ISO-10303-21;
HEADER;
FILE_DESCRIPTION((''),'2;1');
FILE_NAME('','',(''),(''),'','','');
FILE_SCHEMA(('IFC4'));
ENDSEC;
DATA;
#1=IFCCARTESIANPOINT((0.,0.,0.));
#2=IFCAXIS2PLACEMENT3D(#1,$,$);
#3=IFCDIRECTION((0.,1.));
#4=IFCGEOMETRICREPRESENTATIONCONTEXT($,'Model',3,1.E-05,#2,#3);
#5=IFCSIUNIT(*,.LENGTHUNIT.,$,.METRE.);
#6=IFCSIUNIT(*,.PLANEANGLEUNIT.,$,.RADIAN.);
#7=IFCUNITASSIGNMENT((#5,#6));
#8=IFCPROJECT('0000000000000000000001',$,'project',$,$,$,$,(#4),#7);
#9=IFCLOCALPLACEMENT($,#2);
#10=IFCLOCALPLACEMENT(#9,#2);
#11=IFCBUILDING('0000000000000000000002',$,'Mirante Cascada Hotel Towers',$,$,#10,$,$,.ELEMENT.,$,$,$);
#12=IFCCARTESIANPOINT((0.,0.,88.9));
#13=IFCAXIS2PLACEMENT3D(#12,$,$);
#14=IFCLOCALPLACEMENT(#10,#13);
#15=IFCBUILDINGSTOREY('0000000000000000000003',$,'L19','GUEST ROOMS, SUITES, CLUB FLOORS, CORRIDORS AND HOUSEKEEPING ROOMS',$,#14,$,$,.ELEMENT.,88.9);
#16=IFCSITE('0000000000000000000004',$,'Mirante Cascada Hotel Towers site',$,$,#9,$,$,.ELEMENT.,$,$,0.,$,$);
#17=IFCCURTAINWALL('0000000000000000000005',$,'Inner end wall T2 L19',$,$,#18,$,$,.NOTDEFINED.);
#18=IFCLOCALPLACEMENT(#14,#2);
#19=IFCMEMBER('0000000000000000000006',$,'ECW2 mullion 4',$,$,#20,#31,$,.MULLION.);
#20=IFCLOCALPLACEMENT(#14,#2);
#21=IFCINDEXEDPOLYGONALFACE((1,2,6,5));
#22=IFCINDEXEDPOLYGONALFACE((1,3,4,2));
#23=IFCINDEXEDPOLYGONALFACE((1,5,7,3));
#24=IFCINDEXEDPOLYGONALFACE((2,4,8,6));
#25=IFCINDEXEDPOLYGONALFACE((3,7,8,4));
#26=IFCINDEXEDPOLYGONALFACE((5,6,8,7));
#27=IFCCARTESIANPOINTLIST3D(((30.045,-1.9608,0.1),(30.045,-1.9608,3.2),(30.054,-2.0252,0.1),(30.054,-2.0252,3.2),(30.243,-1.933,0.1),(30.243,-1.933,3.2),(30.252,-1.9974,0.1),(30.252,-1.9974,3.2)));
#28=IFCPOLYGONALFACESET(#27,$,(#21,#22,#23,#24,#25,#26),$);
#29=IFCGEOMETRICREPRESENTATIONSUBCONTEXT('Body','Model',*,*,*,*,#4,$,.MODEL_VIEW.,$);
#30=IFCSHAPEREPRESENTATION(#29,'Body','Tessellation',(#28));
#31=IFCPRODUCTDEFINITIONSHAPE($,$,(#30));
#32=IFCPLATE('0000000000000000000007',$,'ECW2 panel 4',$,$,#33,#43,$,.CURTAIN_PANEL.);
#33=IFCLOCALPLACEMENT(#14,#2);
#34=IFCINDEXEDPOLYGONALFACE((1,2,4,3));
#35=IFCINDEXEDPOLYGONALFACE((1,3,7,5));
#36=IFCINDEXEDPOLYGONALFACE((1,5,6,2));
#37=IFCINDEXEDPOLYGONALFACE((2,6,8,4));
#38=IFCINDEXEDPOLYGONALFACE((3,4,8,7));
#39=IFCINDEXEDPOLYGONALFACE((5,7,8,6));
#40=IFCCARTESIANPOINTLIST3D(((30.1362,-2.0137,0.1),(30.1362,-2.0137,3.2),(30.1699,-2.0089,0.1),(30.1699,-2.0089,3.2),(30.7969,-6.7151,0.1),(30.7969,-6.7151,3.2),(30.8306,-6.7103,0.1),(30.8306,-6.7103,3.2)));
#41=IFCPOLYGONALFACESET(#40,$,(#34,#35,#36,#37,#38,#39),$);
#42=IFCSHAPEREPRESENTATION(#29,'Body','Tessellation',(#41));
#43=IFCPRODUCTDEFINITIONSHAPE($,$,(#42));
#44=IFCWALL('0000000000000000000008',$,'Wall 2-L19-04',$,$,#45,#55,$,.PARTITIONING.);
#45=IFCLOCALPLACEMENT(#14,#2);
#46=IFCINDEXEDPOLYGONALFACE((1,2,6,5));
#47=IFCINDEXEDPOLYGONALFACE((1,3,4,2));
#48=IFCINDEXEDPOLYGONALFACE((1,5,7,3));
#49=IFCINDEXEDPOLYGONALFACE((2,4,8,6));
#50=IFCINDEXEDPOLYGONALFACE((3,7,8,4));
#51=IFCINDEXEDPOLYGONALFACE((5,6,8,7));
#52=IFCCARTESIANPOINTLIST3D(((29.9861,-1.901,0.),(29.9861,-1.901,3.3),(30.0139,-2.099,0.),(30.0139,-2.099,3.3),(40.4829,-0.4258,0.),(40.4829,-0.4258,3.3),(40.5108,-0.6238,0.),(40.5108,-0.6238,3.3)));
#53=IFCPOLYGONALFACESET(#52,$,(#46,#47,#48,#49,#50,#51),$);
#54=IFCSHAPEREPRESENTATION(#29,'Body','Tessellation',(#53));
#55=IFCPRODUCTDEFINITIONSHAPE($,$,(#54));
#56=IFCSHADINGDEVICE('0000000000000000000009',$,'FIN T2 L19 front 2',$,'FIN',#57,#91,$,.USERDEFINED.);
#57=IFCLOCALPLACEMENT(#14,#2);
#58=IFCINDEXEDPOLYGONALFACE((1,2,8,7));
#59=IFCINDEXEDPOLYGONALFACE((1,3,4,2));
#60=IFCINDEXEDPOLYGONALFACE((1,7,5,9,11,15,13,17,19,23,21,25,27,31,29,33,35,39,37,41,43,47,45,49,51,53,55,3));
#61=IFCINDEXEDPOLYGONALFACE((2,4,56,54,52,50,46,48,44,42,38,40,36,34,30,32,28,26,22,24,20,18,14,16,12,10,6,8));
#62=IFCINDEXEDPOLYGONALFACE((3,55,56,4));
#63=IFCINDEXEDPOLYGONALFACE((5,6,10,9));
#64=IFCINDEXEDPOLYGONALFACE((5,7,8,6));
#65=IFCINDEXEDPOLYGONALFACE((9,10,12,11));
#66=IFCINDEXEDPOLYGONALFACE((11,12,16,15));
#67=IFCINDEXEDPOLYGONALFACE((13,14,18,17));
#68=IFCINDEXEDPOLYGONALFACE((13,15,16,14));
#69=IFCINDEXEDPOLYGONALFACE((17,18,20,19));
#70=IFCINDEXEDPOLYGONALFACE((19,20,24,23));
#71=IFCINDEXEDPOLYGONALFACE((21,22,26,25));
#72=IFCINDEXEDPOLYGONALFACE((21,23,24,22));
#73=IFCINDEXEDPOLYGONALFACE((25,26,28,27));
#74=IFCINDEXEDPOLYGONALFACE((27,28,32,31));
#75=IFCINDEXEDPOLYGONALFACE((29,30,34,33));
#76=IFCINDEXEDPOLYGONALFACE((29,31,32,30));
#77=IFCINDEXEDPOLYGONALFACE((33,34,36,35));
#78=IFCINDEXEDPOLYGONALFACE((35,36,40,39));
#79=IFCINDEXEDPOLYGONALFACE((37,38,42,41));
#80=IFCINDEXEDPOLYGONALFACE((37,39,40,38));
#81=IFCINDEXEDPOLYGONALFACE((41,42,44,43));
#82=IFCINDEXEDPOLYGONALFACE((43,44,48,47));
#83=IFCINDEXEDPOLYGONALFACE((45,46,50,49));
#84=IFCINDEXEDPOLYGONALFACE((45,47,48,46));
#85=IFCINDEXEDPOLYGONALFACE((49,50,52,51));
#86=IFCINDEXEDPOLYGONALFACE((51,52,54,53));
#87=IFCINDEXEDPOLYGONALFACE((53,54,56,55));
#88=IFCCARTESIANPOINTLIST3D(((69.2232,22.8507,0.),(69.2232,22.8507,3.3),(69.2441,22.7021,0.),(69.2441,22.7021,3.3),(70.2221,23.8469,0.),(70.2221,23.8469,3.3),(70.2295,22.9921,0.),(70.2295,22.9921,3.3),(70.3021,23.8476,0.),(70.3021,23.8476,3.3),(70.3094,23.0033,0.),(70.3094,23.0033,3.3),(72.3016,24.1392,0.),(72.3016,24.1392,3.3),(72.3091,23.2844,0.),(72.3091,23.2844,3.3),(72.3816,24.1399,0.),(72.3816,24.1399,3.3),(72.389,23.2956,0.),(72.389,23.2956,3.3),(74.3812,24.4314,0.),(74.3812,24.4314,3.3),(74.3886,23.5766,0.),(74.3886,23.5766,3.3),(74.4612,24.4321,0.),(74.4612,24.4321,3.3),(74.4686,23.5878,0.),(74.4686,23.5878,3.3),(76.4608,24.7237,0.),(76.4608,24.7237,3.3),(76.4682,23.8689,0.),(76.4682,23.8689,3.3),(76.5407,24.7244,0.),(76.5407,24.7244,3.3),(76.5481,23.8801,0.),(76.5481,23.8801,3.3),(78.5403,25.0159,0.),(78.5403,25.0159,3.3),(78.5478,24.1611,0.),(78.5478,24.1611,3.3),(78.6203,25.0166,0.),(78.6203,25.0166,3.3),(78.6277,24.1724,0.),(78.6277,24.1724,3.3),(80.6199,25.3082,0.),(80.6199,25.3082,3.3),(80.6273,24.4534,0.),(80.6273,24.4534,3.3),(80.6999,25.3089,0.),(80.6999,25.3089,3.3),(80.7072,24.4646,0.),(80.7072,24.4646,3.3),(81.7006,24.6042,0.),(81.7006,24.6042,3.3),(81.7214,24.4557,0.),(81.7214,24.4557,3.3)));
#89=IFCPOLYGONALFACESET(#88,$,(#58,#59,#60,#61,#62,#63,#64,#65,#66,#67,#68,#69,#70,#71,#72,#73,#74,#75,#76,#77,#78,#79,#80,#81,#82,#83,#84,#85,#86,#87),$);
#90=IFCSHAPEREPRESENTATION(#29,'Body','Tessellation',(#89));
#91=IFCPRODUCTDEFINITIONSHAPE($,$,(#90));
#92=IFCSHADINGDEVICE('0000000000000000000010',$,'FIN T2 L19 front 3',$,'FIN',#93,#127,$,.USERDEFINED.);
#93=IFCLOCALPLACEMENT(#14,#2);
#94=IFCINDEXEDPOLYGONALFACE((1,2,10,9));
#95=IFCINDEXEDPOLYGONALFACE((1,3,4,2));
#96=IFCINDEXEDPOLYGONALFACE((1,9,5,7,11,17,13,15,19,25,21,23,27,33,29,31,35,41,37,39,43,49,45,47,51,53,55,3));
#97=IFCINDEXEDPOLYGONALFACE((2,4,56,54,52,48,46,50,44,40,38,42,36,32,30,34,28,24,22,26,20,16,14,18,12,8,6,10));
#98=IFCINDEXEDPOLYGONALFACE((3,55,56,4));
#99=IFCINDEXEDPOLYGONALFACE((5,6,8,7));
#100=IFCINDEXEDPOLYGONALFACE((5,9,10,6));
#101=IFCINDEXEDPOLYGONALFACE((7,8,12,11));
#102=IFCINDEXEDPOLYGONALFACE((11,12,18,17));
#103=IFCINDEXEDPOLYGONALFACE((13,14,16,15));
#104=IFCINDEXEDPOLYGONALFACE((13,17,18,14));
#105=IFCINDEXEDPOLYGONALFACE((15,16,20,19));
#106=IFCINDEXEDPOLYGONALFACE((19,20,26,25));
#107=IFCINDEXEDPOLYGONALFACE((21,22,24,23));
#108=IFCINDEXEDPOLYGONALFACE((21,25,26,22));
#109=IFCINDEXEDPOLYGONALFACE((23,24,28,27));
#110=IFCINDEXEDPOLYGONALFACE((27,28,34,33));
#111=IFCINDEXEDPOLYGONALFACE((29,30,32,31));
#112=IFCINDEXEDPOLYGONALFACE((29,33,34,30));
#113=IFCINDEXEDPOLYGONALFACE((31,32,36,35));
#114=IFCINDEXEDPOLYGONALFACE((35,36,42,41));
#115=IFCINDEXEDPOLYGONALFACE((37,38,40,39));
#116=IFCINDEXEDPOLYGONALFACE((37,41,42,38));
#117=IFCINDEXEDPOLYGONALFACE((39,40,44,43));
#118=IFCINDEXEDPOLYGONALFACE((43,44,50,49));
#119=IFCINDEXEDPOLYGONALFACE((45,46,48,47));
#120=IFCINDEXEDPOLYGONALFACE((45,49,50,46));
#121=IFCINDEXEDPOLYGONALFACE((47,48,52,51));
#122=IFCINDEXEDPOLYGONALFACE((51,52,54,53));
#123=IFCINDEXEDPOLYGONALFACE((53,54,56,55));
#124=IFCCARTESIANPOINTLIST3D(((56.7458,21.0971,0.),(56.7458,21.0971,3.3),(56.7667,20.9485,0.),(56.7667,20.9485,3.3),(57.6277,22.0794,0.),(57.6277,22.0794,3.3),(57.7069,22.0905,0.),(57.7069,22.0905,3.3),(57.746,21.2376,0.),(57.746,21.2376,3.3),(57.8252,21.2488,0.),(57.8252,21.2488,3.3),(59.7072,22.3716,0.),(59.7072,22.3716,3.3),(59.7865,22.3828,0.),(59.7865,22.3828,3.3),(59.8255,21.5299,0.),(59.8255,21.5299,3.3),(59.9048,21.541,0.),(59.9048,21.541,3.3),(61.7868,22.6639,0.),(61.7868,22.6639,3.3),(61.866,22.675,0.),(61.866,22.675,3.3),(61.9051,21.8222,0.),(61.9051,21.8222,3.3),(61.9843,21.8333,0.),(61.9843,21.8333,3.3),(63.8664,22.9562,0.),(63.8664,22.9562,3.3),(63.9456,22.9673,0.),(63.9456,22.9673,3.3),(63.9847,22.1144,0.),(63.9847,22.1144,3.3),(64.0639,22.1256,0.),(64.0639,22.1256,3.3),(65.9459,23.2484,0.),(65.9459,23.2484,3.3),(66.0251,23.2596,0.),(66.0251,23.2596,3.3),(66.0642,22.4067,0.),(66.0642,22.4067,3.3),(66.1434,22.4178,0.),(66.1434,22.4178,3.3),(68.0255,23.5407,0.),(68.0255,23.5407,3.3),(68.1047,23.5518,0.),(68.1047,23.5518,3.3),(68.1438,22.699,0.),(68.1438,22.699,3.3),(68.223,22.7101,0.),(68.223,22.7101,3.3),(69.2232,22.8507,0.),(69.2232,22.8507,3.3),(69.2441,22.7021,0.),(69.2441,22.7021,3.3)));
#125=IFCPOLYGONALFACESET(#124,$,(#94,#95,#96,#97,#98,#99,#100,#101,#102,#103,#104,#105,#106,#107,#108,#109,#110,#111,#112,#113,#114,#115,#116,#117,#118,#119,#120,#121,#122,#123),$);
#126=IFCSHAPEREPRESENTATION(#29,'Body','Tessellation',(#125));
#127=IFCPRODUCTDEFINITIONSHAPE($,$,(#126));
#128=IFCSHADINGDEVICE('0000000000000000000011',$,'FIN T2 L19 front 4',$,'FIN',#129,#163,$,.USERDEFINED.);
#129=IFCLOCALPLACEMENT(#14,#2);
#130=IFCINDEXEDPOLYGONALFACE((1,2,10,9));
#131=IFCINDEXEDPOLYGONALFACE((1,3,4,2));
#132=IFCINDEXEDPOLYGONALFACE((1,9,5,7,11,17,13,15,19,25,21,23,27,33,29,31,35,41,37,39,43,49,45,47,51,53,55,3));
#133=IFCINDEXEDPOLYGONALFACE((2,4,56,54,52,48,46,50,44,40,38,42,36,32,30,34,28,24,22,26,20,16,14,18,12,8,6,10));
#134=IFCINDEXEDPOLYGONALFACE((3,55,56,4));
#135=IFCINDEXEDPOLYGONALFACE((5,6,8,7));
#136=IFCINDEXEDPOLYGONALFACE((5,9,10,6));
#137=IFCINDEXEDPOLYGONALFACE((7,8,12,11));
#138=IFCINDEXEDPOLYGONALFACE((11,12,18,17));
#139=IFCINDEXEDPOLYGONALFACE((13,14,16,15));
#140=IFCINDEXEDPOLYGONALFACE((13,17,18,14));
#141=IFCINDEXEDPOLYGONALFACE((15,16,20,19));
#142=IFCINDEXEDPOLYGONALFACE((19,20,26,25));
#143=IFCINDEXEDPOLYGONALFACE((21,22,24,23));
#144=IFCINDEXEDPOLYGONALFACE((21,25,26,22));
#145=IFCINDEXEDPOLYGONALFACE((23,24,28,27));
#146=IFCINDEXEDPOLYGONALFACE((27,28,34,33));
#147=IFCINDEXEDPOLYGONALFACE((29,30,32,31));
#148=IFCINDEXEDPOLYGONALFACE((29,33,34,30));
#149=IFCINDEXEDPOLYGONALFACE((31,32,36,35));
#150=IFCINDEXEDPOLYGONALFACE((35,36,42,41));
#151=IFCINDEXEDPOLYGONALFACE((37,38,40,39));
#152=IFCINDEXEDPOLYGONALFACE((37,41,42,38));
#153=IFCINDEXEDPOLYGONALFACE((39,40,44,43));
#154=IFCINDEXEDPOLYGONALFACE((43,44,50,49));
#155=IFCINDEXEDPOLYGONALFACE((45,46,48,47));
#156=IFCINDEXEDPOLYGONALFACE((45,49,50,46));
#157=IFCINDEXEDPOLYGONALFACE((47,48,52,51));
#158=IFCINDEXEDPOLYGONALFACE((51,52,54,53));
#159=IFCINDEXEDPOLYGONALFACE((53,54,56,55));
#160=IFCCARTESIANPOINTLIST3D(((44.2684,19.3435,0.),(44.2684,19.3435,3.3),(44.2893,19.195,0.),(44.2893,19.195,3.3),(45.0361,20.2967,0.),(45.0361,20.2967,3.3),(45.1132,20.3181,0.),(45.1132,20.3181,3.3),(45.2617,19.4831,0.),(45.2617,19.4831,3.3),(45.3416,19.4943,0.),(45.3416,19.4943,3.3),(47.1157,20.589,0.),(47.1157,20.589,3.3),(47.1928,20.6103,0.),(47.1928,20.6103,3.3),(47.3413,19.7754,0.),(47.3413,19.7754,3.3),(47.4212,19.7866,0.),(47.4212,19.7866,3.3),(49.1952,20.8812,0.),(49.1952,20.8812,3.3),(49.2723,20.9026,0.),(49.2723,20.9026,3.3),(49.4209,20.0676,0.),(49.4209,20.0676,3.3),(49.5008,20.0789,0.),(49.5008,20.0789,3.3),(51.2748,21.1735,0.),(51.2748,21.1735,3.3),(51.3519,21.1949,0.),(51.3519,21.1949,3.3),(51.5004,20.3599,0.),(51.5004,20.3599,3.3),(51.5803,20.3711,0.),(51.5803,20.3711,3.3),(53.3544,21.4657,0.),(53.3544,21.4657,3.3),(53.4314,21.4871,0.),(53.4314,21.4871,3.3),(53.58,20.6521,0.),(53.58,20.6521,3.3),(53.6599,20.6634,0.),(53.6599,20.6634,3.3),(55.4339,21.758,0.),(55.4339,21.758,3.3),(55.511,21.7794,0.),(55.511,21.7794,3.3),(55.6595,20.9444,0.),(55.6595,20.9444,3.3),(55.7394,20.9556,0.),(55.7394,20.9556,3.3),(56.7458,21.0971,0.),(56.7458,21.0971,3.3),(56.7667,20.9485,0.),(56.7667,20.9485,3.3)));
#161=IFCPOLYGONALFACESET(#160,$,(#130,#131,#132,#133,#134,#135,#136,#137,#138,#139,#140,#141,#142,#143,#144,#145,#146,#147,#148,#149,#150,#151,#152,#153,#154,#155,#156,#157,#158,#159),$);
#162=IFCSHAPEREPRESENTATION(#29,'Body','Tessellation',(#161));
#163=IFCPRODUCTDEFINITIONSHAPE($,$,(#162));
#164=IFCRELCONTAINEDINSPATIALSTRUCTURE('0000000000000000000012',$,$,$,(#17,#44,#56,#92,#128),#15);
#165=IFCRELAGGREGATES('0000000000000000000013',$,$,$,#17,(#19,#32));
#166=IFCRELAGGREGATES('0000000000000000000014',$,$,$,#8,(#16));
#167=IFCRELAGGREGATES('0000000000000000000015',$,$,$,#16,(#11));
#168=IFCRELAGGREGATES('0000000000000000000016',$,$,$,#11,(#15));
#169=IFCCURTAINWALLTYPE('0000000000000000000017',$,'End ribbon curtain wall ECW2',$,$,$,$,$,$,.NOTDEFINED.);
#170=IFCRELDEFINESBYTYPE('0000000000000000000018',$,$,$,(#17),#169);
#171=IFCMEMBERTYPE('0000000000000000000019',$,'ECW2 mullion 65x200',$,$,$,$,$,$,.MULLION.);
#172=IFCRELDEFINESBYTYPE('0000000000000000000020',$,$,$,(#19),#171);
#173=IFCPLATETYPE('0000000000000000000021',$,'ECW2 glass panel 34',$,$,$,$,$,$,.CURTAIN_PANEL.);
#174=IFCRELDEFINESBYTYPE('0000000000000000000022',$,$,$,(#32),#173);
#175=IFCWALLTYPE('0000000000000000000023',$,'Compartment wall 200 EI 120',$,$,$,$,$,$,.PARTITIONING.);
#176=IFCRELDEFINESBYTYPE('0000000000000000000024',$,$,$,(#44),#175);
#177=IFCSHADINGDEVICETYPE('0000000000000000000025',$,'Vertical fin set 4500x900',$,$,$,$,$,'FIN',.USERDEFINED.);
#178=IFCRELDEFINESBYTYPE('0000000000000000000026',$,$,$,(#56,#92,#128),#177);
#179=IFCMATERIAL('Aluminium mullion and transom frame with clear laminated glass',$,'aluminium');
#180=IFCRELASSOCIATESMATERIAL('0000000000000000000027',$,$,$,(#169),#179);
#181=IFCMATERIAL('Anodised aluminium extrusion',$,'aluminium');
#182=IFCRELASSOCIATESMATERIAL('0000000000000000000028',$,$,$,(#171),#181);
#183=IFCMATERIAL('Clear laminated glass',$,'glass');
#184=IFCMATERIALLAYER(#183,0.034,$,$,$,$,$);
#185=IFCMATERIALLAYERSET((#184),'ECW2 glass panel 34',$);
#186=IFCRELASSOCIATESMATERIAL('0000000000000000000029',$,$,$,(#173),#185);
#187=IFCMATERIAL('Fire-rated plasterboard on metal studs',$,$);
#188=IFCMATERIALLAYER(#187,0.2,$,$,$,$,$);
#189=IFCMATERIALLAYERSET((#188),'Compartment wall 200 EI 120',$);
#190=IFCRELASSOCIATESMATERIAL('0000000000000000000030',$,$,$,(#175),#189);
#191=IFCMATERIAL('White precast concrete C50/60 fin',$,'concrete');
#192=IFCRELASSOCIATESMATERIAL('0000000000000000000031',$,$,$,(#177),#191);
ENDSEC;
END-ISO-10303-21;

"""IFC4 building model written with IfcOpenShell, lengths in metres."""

from ifc_helpers import new_model, si_unit, direction, frame, frame_2d, origin, origin_2d, place, context, subcontext, project, spatial, polyline, rectangle, outline, extrude, material, layer, layer_set, material_profile, profile_set, type_object, element, aggregate, save


model = new_model("IFC4")

# Units and contexts
model_context = context("Model", 3, precision=1e-05, world=origin(), true_north=direction((0.0, 1.0)))
body_context = subcontext(model_context, "Body", "Model", "MODEL_VIEW")
ifc_project = project(units=[si_unit("LENGTHUNIT", "METRE"), si_unit("PLANEANGLEUNIT", "RADIAN")], contexts=[model_context])

# Site, building, storey
site_placement = place(None, origin())
site = spatial("IfcSite", under=ifc_project, at=site_placement, Name="Mirante Cascada Hotel Towers site", CompositionType="ELEMENT", RefElevation=0.0)
building_placement = place(site_placement, origin())
building = spatial("IfcBuilding", under=site, at=building_placement, Name="Mirante Cascada Hotel Towers", CompositionType="ELEMENT")
storey_placement = place(building_placement, frame((0.0, 0.0, 88.9)))
storey = spatial("IfcBuildingStorey", under=building, at=storey_placement, Name="L19", Description="GUEST ROOMS, SUITES, CLUB FLOORS, CORRIDORS AND HOUSEKEEPING ROOMS", CompositionType="ELEMENT", Elevation=88.9)

# Curtain wall, member, plate
ifc_material_1 = material(Name="Aluminium mullion and transom frame with clear laminated glass", Category="aluminium")
curtain_wall_type = type_object("IfcCurtainWallType", Name="End ribbon curtain wall ECW2", PredefinedType="NOTDEFINED", material=ifc_material_1)
curtain_wall_placement = place(storey_placement, origin())
curtain_wall = element("IfcCurtainWall", 1, at=curtain_wall_placement, inside=storey, type_object=curtain_wall_type, Name="Inner end wall T2 L19", PredefinedType="NOTDEFINED")
ifc_material_2 = material(Name="Anodised aluminium extrusion", Category="aluminium")
ifc_material_profile = material_profile(ifc_material_2, rectangle(XDim=0.2, YDim=0.065, at=origin_2d()), Name="ECW2 MULLION 65x200")
ifc_profile_set = profile_set([ifc_material_profile], Name="Anodised aluminium extrusion")
member_type = type_object("IfcMemberType", Name="ECW2 mullion 65x200", PredefinedType="MULLION", material=ifc_profile_set)
member_placement = place(storey_placement, frame((30.1485, -1.9791, 0.1), z_axis=(0.0, 0.0, 1.0), x_axis=(0.990268, 0.139173, 0.0)))
member = element("IfcMember", 2, at=member_placement, type_object=member_type, Name="ECW2 mullion 4", PredefinedType="MULLION", context=body_context, shape_type="SweptSolid", body=[
    extrude(rectangle(XDim=0.2, YDim=0.065, at=origin_2d()), origin(), (0.0, 0.0, 1.0), 3.1),
])
ifc_material_3 = material(Name="Clear laminated glass", Category="glass")
ifc_layer_1 = layer(ifc_material_3, 0.034)
ifc_layer_set_1 = layer_set([ifc_layer_1], Name="ECW2 glass panel 34")
plate_type = type_object("IfcPlateType", Name="ECW2 glass panel 34", PredefinedType="CURTAIN_PANEL", material=ifc_layer_set_1)
plate_placement = place(storey_placement, frame((30.4834, -4.362, 0.1), z_axis=(0.0, 0.0, 1.0), x_axis=(0.139173, -0.990268, 0.0)))
plate = element("IfcPlate", 3, at=plate_placement, type_object=plate_type, Name="ECW2 panel 4", PredefinedType="CURTAIN_PANEL", context=body_context, shape_type="SweptSolid", body=[
    extrude(rectangle(XDim=4.7476, YDim=0.034, at=origin_2d()), origin(), (0.0, 0.0, 1.0), 3.1),
])
aggregate(curtain_wall, [member, plate])

# Wall
ifc_material_4 = material(Name="Fire-rated plasterboard on metal studs")
ifc_layer_2 = layer(ifc_material_4, 0.2)
ifc_layer_set_2 = layer_set([ifc_layer_2], Name="Compartment wall 200 EI 120")
wall_type = type_object("IfcWallType", Name="Compartment wall 200 EI 120", PredefinedType="PARTITIONING", material=ifc_layer_set_2)
wall_placement = place(storey_placement, frame((30.0, -2.0, 0.0), z_axis=(0.0, 0.0, 1.0), x_axis=(0.990268, 0.13917, 0.0)))
element("IfcWall", 4, at=wall_placement, inside=storey, type_object=wall_type, Name="Wall 2-L19-04", PredefinedType="PARTITIONING", context=body_context, shape_type="SweptSolid", body=[
    extrude(rectangle(XDim=10.6, YDim=0.2, at=frame_2d((5.3, 0.0))), origin(), (0.0, 0.0, 1.0), 3.3),
])

# Shading devices
ifc_material_5 = material(Name="White precast concrete C50/60 fin", Category="concrete")
shading_device_type = type_object("IfcShadingDeviceType", Name="Vertical fin set 4500x900", ElementType="FIN", PredefinedType="USERDEFINED", material=ifc_material_5)
shading_device_1_placement = place(storey_placement, origin())
element("IfcShadingDevice", 5, at=shading_device_1_placement, inside=storey, type_object=shading_device_type, Name="FIN T2 L19 front 2", ObjectType="FIN", PredefinedType="USERDEFINED", context=body_context, shape_type="SweptSolid", body=[
    extrude(outline(polyline([(70.3021, 23.8476), (70.3094, 23.0033), (72.3091, 23.2844), (72.3016, 24.1392), (72.3816, 24.1399), (72.389, 23.2956), (74.3886, 23.5766), (74.3812, 24.4314), (74.4612, 24.4321), (74.4686, 23.5878), (76.4682, 23.8689), (76.4608, 24.7237), (76.5407, 24.7244), (76.5481, 23.8801), (78.5478, 24.1611), (78.5403, 25.0159), (78.6203, 25.0166), (78.6277, 24.1724), (80.6273, 24.4534), (80.6199, 25.3082), (80.6999, 25.3089), (80.7072, 24.4646), (81.7006, 24.6042), (81.7214, 24.4557), (69.2441, 22.7021), (69.2232, 22.8507), (70.2295, 22.9921), (70.2221, 23.8469), (70.3021, 23.8476)])), origin(), (0.0, 0.0, 1.0), 3.3),
])
shading_device_2_placement = place(storey_placement, origin())
element("IfcShadingDevice", 6, at=shading_device_2_placement, inside=storey, type_object=shading_device_type, Name="FIN T2 L19 front 3", ObjectType="FIN", PredefinedType="USERDEFINED", context=body_context, shape_type="SweptSolid", body=[
    extrude(outline(polyline([(57.7069, 22.0905), (57.8252, 21.2488), (59.8255, 21.5299), (59.7072, 22.3716), (59.7865, 22.3828), (59.9048, 21.541), (61.9051, 21.8222), (61.7868, 22.6639), (61.866, 22.675), (61.9843, 21.8333), (63.9847, 22.1144), (63.8664, 22.9562), (63.9456, 22.9673), (64.0639, 22.1256), (66.0642, 22.4067), (65.9459, 23.2484), (66.0251, 23.2596), (66.1434, 22.4178), (68.1438, 22.699), (68.0255, 23.5407), (68.1047, 23.5518), (68.223, 22.7101), (69.2232, 22.8507), (69.2441, 22.7021), (56.7667, 20.9485), (56.7458, 21.0971), (57.746, 21.2376), (57.6277, 22.0794), (57.7069, 22.0905)])), origin(), (0.0, 0.0, 1.0), 3.3),
])
shading_device_3_placement = place(storey_placement, origin())
element("IfcShadingDevice", 7, at=shading_device_3_placement, inside=storey, type_object=shading_device_type, Name="FIN T2 L19 front 4", ObjectType="FIN", PredefinedType="USERDEFINED", context=body_context, shape_type="SweptSolid", body=[
    extrude(outline(polyline([(45.1132, 20.3181), (45.3416, 19.4943), (47.3413, 19.7754), (47.1157, 20.589), (47.1928, 20.6103), (47.4212, 19.7866), (49.4209, 20.0676), (49.1952, 20.8812), (49.2723, 20.9026), (49.5008, 20.0789), (51.5004, 20.3599), (51.2748, 21.1735), (51.3519, 21.1949), (51.5803, 20.3711), (53.58, 20.6521), (53.3544, 21.4657), (53.4314, 21.4871), (53.6599, 20.6634), (55.6595, 20.9444), (55.4339, 21.758), (55.511, 21.7794), (55.7394, 20.9556), (56.7458, 21.0971), (56.7667, 20.9485), (44.2893, 19.195), (44.2684, 19.3435), (45.2617, 19.4831), (45.0361, 20.2967), (45.1132, 20.3181)])), origin(), (0.0, 0.0, 1.0), 3.3),
])

save(model, "model.ifc")
